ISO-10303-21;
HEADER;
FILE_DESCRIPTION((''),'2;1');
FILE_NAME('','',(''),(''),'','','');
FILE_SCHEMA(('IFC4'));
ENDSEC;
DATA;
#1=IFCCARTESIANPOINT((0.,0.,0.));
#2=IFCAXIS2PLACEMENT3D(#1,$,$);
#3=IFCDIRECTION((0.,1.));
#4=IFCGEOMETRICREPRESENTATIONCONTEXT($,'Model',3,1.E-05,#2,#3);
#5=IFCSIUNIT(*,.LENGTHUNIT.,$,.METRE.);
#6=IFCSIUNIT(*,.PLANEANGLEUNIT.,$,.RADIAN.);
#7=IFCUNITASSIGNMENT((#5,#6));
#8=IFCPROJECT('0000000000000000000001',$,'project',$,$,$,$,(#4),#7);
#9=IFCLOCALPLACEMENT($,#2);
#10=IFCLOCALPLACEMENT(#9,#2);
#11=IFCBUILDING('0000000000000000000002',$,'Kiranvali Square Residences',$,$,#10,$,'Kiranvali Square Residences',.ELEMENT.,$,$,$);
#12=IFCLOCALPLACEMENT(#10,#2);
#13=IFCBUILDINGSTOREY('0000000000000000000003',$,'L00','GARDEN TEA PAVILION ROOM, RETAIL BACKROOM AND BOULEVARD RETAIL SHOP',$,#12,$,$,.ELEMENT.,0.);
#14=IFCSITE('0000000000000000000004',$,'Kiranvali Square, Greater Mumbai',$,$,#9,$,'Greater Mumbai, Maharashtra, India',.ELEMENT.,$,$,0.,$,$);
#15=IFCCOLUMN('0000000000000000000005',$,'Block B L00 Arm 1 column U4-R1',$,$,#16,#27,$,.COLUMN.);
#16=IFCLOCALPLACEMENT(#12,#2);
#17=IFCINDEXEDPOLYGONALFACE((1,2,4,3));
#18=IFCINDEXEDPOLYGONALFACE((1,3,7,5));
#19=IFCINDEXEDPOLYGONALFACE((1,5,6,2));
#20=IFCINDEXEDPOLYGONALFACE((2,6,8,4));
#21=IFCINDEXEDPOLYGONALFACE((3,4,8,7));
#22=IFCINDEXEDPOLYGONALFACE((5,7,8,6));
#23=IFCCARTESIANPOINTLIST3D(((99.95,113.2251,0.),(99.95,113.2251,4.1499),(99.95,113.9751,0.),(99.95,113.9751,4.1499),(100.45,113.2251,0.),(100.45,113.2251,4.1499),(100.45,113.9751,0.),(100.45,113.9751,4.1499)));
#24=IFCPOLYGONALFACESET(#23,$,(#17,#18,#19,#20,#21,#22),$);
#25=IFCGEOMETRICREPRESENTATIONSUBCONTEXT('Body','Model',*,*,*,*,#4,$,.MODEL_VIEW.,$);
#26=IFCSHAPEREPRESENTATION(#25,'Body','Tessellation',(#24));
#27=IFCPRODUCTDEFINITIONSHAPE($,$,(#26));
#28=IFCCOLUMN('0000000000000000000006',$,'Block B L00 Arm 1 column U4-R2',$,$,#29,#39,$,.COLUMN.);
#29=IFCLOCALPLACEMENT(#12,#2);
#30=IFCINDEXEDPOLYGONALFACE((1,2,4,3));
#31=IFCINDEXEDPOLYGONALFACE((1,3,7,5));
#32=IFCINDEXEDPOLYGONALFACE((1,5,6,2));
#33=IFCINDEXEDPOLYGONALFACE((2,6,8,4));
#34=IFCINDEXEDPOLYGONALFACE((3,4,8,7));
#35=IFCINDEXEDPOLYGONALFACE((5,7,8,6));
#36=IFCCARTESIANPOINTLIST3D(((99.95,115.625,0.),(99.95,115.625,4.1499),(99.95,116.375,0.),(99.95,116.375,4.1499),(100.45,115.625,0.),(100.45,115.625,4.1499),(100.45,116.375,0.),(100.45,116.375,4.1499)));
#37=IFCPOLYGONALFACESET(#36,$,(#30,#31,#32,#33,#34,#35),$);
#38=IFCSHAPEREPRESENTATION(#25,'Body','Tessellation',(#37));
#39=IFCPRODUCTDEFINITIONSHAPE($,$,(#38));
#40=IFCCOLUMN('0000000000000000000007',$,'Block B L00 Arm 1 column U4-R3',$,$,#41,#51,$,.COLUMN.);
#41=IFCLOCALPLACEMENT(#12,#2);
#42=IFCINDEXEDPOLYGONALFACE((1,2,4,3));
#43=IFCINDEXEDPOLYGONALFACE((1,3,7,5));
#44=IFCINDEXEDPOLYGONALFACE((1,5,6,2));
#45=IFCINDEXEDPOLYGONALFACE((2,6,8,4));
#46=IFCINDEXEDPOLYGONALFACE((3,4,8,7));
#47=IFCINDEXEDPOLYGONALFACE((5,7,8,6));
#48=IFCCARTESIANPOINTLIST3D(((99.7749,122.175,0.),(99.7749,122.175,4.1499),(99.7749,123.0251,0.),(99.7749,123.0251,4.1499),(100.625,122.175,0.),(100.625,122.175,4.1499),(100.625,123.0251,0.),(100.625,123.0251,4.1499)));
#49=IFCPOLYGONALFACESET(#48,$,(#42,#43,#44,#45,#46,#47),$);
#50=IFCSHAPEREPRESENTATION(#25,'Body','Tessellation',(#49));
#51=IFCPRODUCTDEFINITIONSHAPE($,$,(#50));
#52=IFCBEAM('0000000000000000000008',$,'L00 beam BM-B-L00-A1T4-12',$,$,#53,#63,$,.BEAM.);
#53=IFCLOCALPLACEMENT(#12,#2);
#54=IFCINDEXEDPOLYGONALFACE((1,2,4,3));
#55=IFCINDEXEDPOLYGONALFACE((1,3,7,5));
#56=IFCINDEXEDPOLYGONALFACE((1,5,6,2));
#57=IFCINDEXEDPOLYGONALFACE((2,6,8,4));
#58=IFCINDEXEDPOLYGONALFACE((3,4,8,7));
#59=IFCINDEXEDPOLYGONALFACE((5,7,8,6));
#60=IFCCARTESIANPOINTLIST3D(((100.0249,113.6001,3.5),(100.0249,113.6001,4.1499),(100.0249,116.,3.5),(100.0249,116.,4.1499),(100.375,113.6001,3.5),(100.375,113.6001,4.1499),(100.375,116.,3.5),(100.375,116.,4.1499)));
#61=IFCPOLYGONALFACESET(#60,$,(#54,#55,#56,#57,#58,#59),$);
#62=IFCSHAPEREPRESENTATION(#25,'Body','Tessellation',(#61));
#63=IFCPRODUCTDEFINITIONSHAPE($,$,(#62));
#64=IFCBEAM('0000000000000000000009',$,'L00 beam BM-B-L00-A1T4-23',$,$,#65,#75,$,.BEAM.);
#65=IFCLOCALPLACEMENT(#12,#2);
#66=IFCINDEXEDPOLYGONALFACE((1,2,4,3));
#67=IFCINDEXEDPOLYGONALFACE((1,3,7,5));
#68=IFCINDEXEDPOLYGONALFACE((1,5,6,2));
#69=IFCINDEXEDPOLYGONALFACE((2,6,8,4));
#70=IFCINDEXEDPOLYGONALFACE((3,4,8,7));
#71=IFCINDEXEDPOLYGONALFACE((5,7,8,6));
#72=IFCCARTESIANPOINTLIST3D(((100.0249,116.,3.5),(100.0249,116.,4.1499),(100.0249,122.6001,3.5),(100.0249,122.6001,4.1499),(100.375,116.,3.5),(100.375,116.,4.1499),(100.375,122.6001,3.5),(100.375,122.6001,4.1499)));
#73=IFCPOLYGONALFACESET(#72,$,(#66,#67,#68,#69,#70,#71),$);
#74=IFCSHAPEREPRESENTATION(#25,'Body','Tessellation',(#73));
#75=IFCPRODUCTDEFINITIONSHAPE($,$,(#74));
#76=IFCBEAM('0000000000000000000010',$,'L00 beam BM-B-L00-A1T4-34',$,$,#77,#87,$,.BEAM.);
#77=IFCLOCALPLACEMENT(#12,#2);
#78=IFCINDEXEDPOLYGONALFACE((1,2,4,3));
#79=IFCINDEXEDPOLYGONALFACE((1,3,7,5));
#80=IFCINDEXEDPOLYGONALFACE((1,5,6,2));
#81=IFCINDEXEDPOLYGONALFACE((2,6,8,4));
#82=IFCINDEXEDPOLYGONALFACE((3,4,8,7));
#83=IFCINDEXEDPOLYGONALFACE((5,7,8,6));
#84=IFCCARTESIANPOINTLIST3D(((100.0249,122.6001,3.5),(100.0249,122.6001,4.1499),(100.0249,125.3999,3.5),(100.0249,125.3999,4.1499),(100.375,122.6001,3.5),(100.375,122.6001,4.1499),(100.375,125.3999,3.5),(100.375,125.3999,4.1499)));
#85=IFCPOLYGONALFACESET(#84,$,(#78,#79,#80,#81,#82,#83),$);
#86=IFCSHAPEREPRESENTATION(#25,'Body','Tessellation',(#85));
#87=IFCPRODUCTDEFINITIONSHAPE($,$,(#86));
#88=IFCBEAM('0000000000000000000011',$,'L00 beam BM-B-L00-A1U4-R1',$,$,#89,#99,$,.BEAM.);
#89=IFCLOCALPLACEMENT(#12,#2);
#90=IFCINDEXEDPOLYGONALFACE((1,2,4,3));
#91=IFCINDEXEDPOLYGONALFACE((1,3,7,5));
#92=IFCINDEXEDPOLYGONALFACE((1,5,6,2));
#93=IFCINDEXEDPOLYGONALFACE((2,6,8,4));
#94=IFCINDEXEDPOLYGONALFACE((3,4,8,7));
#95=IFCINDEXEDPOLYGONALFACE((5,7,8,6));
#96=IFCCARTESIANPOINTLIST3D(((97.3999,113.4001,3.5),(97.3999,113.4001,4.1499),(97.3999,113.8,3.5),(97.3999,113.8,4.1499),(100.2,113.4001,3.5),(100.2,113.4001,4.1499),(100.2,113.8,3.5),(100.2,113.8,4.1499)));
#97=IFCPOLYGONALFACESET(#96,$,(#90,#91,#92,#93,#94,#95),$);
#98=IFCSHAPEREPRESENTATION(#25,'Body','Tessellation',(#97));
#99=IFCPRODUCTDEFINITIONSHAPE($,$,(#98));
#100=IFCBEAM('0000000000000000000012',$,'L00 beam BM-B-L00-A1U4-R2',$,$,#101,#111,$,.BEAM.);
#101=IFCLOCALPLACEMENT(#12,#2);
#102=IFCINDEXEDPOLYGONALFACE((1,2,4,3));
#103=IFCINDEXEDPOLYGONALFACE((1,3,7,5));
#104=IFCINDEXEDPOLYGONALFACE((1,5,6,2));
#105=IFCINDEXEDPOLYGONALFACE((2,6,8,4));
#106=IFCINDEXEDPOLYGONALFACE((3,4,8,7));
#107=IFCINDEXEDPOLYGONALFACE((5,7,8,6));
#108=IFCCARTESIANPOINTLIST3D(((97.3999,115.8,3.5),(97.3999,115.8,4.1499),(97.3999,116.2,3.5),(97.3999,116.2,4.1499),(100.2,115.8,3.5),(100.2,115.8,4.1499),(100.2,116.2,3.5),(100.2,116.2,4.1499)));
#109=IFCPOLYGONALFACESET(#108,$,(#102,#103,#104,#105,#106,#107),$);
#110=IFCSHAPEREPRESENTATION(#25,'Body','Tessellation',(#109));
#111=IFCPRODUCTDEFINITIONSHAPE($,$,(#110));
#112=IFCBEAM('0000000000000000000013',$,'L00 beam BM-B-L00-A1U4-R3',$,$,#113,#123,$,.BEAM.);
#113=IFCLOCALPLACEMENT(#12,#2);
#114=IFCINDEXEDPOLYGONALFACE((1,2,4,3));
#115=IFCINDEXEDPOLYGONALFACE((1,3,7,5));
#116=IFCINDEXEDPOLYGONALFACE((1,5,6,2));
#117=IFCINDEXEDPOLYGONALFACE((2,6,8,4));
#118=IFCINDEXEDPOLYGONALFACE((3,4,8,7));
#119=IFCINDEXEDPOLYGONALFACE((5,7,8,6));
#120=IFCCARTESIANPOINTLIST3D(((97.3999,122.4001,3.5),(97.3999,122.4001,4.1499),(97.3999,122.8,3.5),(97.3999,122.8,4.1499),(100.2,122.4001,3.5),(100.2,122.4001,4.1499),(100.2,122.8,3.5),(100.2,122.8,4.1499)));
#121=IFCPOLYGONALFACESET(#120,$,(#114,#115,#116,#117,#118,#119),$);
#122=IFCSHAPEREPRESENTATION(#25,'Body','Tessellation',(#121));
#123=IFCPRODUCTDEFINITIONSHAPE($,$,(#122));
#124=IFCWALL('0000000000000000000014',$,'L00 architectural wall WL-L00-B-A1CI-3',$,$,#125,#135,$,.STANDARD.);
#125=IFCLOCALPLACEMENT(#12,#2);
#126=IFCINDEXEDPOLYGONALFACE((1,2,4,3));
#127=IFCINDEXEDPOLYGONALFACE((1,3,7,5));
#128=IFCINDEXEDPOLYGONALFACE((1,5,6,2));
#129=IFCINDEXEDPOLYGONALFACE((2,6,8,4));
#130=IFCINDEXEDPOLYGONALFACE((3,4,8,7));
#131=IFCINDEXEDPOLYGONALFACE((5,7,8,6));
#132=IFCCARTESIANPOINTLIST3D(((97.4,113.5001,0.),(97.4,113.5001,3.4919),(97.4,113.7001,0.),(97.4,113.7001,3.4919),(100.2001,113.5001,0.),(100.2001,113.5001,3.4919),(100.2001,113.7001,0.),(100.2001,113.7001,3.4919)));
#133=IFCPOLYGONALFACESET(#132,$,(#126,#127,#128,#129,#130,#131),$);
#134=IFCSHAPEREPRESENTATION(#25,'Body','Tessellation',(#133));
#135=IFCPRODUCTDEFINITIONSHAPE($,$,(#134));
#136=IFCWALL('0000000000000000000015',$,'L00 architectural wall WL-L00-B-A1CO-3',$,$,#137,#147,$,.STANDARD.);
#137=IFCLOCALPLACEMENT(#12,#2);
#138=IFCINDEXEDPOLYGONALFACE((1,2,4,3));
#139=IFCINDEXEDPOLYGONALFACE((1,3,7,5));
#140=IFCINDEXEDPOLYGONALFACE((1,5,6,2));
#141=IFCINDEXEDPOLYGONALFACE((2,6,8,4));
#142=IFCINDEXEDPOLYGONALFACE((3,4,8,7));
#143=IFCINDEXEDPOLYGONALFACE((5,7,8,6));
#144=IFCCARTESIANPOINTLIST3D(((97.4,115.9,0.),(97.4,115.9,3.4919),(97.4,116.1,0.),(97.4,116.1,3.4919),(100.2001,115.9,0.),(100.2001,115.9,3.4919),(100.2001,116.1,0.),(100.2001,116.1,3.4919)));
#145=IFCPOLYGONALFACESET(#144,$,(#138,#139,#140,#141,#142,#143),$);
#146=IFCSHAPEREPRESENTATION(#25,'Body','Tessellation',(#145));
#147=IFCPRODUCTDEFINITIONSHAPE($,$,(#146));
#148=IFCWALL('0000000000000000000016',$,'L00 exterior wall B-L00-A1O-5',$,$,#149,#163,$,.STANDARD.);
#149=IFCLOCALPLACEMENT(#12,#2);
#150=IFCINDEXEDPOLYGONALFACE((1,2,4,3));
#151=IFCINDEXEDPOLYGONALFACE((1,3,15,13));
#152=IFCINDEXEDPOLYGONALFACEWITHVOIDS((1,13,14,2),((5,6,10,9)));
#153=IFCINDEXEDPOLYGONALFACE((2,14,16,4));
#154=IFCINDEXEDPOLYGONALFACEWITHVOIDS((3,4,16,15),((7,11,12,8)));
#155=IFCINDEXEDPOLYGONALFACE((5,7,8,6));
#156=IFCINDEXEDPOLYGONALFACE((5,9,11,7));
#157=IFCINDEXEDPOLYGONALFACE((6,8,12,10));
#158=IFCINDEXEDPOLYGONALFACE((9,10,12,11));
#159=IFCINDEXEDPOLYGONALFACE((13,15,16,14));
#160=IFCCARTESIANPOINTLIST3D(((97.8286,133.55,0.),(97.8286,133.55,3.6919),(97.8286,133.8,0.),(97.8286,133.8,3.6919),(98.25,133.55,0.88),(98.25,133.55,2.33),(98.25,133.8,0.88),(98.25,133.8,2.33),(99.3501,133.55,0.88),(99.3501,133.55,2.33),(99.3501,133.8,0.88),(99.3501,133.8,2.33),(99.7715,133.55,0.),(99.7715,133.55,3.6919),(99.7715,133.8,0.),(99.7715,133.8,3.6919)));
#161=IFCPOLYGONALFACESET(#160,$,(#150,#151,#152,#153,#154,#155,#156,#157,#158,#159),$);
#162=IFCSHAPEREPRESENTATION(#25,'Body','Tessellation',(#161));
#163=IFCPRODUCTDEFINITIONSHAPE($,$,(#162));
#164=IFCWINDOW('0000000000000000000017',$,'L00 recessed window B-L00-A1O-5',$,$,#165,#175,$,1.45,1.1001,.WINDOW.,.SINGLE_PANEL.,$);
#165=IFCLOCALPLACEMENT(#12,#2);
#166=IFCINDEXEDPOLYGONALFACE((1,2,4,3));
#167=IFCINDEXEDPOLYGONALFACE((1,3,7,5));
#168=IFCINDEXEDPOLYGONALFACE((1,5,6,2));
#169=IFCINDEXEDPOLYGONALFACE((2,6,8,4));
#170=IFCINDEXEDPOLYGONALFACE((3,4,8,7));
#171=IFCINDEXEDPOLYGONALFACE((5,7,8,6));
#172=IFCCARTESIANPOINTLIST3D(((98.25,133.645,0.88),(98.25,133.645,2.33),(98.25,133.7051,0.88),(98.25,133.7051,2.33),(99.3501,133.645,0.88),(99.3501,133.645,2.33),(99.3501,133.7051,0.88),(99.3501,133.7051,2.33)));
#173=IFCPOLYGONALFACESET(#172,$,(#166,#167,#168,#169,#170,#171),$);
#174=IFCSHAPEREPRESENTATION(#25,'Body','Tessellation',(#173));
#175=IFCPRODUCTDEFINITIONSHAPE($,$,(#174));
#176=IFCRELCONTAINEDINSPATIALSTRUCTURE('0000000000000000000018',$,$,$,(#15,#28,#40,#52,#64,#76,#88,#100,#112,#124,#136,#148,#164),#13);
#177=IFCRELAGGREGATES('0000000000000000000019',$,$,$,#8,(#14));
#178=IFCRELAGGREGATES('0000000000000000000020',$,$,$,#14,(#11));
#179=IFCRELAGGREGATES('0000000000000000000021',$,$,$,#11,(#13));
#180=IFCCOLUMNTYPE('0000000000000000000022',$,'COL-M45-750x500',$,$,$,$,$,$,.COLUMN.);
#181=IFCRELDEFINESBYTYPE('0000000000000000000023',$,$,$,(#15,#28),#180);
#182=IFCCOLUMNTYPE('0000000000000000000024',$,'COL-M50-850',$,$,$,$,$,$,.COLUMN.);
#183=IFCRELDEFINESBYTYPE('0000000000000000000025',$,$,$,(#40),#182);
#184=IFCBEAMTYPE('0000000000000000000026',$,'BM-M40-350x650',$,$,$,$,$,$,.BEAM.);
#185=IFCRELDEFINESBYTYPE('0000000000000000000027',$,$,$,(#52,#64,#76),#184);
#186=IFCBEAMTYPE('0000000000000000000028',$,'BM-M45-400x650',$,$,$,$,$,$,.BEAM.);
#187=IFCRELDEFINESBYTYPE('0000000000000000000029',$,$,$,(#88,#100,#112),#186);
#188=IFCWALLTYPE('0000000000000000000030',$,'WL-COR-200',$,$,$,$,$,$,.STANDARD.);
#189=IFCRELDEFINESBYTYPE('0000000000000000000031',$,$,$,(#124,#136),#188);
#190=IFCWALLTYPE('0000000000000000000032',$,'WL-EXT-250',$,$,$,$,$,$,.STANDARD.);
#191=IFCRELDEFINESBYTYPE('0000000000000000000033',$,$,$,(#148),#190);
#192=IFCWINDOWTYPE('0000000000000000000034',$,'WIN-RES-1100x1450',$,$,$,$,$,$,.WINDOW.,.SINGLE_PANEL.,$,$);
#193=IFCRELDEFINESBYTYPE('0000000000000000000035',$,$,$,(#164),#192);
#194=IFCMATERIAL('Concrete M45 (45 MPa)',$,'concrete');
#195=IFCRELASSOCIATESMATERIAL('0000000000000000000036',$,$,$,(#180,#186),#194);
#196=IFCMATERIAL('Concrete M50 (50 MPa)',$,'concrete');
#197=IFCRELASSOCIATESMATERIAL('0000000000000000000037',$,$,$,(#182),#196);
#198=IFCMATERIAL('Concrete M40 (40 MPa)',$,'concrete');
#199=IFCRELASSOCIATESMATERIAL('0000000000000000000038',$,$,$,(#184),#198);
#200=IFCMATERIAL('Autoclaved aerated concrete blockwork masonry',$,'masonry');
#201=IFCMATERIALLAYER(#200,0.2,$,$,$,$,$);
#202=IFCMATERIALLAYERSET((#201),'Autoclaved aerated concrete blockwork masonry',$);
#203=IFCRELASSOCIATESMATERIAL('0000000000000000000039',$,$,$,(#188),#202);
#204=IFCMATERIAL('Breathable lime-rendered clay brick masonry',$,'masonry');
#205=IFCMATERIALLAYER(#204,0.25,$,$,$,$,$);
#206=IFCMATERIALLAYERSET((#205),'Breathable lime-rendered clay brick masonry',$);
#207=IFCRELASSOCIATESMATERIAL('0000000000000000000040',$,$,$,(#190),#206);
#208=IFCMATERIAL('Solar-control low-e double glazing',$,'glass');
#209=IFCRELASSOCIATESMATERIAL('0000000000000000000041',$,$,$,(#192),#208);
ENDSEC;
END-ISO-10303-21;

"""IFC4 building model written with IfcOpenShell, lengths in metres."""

from ifc_helpers import new_model, si_unit, direction, frame, frame_2d, origin, origin_2d, place, context, subcontext, project, spatial, rectangle, extrude, material, layer, layer_set, material_profile, profile_set, type_object, element, fill, save


model = new_model("IFC4")

# Units and contexts
model_context = context("Model", 3, precision=1e-05, world=origin(), true_north=direction((0.0, 1.0)))
body_context = subcontext(model_context, "Body", "Model", "MODEL_VIEW")
ifc_project = project(units=[si_unit("LENGTHUNIT", "METRE"), si_unit("PLANEANGLEUNIT", "RADIAN")], contexts=[model_context])

# Site, building, storey
site_placement = place(None, origin())
site = spatial("IfcSite", under=ifc_project, at=site_placement, Name="Kiranvali Square, Greater Mumbai", LongName="Greater Mumbai, Maharashtra, India", CompositionType="ELEMENT", RefElevation=0.0)
building_placement = place(site_placement, origin())
building = spatial("IfcBuilding", under=site, at=building_placement, Name="Kiranvali Square Residences", LongName="Kiranvali Square Residences", CompositionType="ELEMENT")
storey_placement = place(building_placement, origin())
storey = spatial("IfcBuildingStorey", under=building, at=storey_placement, Name="L00", Description="GARDEN TEA PAVILION ROOM, RETAIL BACKROOM AND BOULEVARD RETAIL SHOP", CompositionType="ELEMENT", Elevation=0.0)

# Columns
ifc_material_1 = material(Name="Concrete M45 (45 MPa)", Category="concrete")
ifc_material_profile_1 = material_profile(ifc_material_1, rectangle(XDim=0.5, YDim=0.75, at=origin_2d()), Name="RC 750x500")
ifc_profile_set_1 = profile_set([ifc_material_profile_1], Name="Concrete M45 (45 MPa)")
column_type_1 = type_object("IfcColumnType", Name="COL-M45-750x500", PredefinedType="COLUMN", material=ifc_profile_set_1)
for number, where, z_axis, x_axis, name in (
    (1, (100.2, 113.6001, 0.0), (0.0, 0.0, 1.0), (1.0, 0.0, 0.0), "Block B L00 Arm 1 column U4-R1"),
    (2, (100.2, 116.0, 0.0), (0.0, 0.0, 1.0), (1.0, 0.0, 0.0), "Block B L00 Arm 1 column U4-R2"),
):
    element("IfcColumn", number, at=place(storey_placement, frame(where, z_axis=z_axis, x_axis=x_axis)), inside=storey, type_object=column_type_1, Name=name, PredefinedType="COLUMN", context=body_context, shape_type="SweptSolid", body=[
        extrude(rectangle(XDim=0.5, YDim=0.75, at=origin_2d()), origin(), (0.0, 0.0, 1.0), 4.1499),
    ])
ifc_material_2 = material(Name="Concrete M50 (50 MPa)", Category="concrete")
ifc_material_profile_2 = material_profile(ifc_material_2, rectangle(XDim=0.8501, YDim=0.8501, at=origin_2d()), Name="RC 850x850")
ifc_profile_set_2 = profile_set([ifc_material_profile_2], Name="Concrete M50 (50 MPa)")
column_type_2 = type_object("IfcColumnType", Name="COL-M50-850", PredefinedType="COLUMN", material=ifc_profile_set_2)
column_placement = place(storey_placement, frame((100.2, 122.6001, 0.0), z_axis=(0.0, 0.0, 1.0), x_axis=(1.0, 0.0, 0.0)))
element("IfcColumn", 3, at=column_placement, inside=storey, type_object=column_type_2, Name="Block B L00 Arm 1 column U4-R3", PredefinedType="COLUMN", context=body_context, shape_type="SweptSolid", body=[
    extrude(rectangle(XDim=0.8501, YDim=0.8501, at=origin_2d()), origin(), (0.0, 0.0, 1.0), 4.1499),
])

# Beams
ifc_material_3 = material(Name="Concrete M40 (40 MPa)", Category="concrete")
ifc_material_profile_3 = material_profile(ifc_material_3, rectangle(XDim=0.3501, YDim=0.6499, at=origin_2d()), Name="RC 350x650")
ifc_profile_set_3 = profile_set([ifc_material_profile_3], Name="Concrete M40 (40 MPa)")
beam_type_1 = type_object("IfcBeamType", Name="BM-M40-350x650", PredefinedType="BEAM", material=ifc_profile_set_3)
beam_1_placement = place(storey_placement, frame((100.2, 113.6001, 3.825), z_axis=(0.0, 1.0, 0.0), x_axis=(-1.0, 0.0, 0.0)))
element("IfcBeam", 4, at=beam_1_placement, inside=storey, type_object=beam_type_1, Name="L00 beam BM-B-L00-A1T4-12", PredefinedType="BEAM", context=body_context, shape_type="SweptSolid", body=[
    extrude(rectangle(XDim=0.3501, YDim=0.6499, at=origin_2d()), origin(), (0.0, 0.0, 1.0), 2.3999),
])
beam_2_placement = place(storey_placement, frame((100.2, 116.0, 3.825), z_axis=(0.0, 1.0, 0.0), x_axis=(-1.0, 0.0, 0.0)))
element("IfcBeam", 5, at=beam_2_placement, inside=storey, type_object=beam_type_1, Name="L00 beam BM-B-L00-A1T4-23", PredefinedType="BEAM", context=body_context, shape_type="SweptSolid", body=[
    extrude(rectangle(XDim=0.3501, YDim=0.6499, at=origin_2d()), origin(), (0.0, 0.0, 1.0), 6.6001),
])
beam_3_placement = place(storey_placement, frame((100.2, 122.6001, 3.825), z_axis=(0.0, 1.0, 0.0), x_axis=(-1.0, 0.0, 0.0)))
element("IfcBeam", 6, at=beam_3_placement, inside=storey, type_object=beam_type_1, Name="L00 beam BM-B-L00-A1T4-34", PredefinedType="BEAM", context=body_context, shape_type="SweptSolid", body=[
    extrude(rectangle(XDim=0.3501, YDim=0.6499, at=origin_2d()), origin(), (0.0, 0.0, 1.0), 2.7998),
])
ifc_material_profile_4 = material_profile(ifc_material_1, rectangle(XDim=0.3999, YDim=0.6499, at=origin_2d()), Name="RC 400x650")
ifc_profile_set_4 = profile_set([ifc_material_profile_4], Name="Concrete M45 (45 MPa)")
beam_type_2 = type_object("IfcBeamType", Name="BM-M45-400x650", PredefinedType="BEAM", material=ifc_profile_set_4)
for number, where, z_axis, x_axis, name in (
    (7, (100.2, 113.6001, 3.825), (-1.0, 0.0, 0.0), (0.0, -1.0, 0.0), "L00 beam BM-B-L00-A1U4-R1"),
    (8, (100.2, 116.0, 3.825), (-1.0, 0.0, 0.0), (0.0, -1.0, 0.0), "L00 beam BM-B-L00-A1U4-R2"),
    (9, (100.2, 122.6001, 3.825), (-1.0, 0.0, 0.0), (0.0, -1.0, 0.0), "L00 beam BM-B-L00-A1U4-R3"),
):
    element("IfcBeam", number, at=place(storey_placement, frame(where, z_axis=z_axis, x_axis=x_axis)), inside=storey, type_object=beam_type_2, Name=name, PredefinedType="BEAM", context=body_context, shape_type="SweptSolid", body=[
        extrude(rectangle(XDim=0.3999, YDim=0.6499, at=origin_2d()), origin(), (0.0, 0.0, 1.0), 2.8),
    ])

# Walls
ifc_material_4 = material(Name="Autoclaved aerated concrete blockwork masonry", Category="masonry")
ifc_layer_1 = layer(ifc_material_4, 0.2)
ifc_layer_set_1 = layer_set([ifc_layer_1], Name="Autoclaved aerated concrete blockwork masonry")
wall_type_1 = type_object("IfcWallType", Name="WL-COR-200", PredefinedType="STANDARD", material=ifc_layer_set_1)
for number, where, z_axis, x_axis, name in (
    (10, (100.2, 113.6001, 0.0), (0.0, 0.0, 1.0), (-1.0, 0.0, 0.0), "L00 architectural wall WL-L00-B-A1CI-3"),
    (11, (100.2, 116.0, 0.0), (0.0, 0.0, 1.0), (-1.0, 0.0, 0.0), "L00 architectural wall WL-L00-B-A1CO-3"),
):
    element("IfcWall", number, at=place(storey_placement, frame(where, z_axis=z_axis, x_axis=x_axis)), inside=storey, type_object=wall_type_1, Name=name, PredefinedType="STANDARD", context=body_context, shape_type="SweptSolid", body=[
        extrude(rectangle(XDim=2.8, YDim=0.2, at=frame_2d((1.3999, 0.0))), origin(), (0.0, 0.0, 1.0), 3.4919),
    ])

# Wall, opening, window
ifc_material_5 = material(Name="Breathable lime-rendered clay brick masonry", Category="masonry")
ifc_layer_2 = layer(ifc_material_5, 0.25)
ifc_layer_set_2 = layer_set([ifc_layer_2], Name="Breathable lime-rendered clay brick masonry")
wall_type_2 = type_object("IfcWallType", Name="WL-EXT-250", PredefinedType="STANDARD", material=ifc_layer_set_2)
wall_1_placement = place(storey_placement, frame((99.7715, 133.675, 0.0), z_axis=(0.0, 0.0, 1.0), x_axis=(-1.0, 0.0, 0.0)))
wall_1 = element("IfcWall", 12, at=wall_1_placement, inside=storey, type_object=wall_type_2, Name="L00 exterior wall B-L00-A1O-5", PredefinedType="STANDARD", context=body_context, shape_type="SweptSolid", body=[
    extrude(rectangle(XDim=1.9429, YDim=0.25, at=frame_2d((0.9714, 0.0))), origin(), (0.0, 0.0, 1.0), 3.6919),
])
opening_1_placement = place(wall_1_placement, frame((0.4214, 0.0, 0.8799)))
opening_1 = element("IfcOpeningElement", 13, at=opening_1_placement, cuts=wall_1, PredefinedType="OPENING", context=body_context, shape_type="SweptSolid", body=[
    extrude(rectangle(XDim=1.1001, YDim=1.45, at=frame_2d((0.55, 0.7251))), frame((0.0, 0.135, 0.0), z_axis=(0.0, -1.0, 0.0), x_axis=(1.0, 0.0, 0.0)), (0.0, 0.0, 1.0), 0.27),
])
ifc_material_6 = material(Name="Solar-control low-e double glazing", Category="glass")
window_type_1 = type_object("IfcWindowType", Name="WIN-RES-1100x1450", PartitioningType="SINGLE_PANEL", PredefinedType="WINDOW", material=ifc_material_6)
window_1_placement = place(opening_1_placement, origin())
window_1 = element("IfcWindow", 14, at=window_1_placement, inside=storey, type_object=window_type_1, Name="L00 recessed window B-L00-A1O-5", OverallHeight=1.45, OverallWidth=1.1001, PartitioningType="SINGLE_PANEL", PredefinedType="WINDOW", context=body_context, shape_type="SweptSolid", body=[
    extrude(rectangle(XDim=1.1001, YDim=1.45, at=frame_2d((0.55, 0.7251))), frame((0.0, 0.03, 0.0), z_axis=(0.0, -1.0, 0.0), x_axis=(1.0, 0.0, 0.0)), (0.0, 0.0, 1.0), 0.0601),
])
fill(opening_1, window_1)

save(model, "model.ifc")
